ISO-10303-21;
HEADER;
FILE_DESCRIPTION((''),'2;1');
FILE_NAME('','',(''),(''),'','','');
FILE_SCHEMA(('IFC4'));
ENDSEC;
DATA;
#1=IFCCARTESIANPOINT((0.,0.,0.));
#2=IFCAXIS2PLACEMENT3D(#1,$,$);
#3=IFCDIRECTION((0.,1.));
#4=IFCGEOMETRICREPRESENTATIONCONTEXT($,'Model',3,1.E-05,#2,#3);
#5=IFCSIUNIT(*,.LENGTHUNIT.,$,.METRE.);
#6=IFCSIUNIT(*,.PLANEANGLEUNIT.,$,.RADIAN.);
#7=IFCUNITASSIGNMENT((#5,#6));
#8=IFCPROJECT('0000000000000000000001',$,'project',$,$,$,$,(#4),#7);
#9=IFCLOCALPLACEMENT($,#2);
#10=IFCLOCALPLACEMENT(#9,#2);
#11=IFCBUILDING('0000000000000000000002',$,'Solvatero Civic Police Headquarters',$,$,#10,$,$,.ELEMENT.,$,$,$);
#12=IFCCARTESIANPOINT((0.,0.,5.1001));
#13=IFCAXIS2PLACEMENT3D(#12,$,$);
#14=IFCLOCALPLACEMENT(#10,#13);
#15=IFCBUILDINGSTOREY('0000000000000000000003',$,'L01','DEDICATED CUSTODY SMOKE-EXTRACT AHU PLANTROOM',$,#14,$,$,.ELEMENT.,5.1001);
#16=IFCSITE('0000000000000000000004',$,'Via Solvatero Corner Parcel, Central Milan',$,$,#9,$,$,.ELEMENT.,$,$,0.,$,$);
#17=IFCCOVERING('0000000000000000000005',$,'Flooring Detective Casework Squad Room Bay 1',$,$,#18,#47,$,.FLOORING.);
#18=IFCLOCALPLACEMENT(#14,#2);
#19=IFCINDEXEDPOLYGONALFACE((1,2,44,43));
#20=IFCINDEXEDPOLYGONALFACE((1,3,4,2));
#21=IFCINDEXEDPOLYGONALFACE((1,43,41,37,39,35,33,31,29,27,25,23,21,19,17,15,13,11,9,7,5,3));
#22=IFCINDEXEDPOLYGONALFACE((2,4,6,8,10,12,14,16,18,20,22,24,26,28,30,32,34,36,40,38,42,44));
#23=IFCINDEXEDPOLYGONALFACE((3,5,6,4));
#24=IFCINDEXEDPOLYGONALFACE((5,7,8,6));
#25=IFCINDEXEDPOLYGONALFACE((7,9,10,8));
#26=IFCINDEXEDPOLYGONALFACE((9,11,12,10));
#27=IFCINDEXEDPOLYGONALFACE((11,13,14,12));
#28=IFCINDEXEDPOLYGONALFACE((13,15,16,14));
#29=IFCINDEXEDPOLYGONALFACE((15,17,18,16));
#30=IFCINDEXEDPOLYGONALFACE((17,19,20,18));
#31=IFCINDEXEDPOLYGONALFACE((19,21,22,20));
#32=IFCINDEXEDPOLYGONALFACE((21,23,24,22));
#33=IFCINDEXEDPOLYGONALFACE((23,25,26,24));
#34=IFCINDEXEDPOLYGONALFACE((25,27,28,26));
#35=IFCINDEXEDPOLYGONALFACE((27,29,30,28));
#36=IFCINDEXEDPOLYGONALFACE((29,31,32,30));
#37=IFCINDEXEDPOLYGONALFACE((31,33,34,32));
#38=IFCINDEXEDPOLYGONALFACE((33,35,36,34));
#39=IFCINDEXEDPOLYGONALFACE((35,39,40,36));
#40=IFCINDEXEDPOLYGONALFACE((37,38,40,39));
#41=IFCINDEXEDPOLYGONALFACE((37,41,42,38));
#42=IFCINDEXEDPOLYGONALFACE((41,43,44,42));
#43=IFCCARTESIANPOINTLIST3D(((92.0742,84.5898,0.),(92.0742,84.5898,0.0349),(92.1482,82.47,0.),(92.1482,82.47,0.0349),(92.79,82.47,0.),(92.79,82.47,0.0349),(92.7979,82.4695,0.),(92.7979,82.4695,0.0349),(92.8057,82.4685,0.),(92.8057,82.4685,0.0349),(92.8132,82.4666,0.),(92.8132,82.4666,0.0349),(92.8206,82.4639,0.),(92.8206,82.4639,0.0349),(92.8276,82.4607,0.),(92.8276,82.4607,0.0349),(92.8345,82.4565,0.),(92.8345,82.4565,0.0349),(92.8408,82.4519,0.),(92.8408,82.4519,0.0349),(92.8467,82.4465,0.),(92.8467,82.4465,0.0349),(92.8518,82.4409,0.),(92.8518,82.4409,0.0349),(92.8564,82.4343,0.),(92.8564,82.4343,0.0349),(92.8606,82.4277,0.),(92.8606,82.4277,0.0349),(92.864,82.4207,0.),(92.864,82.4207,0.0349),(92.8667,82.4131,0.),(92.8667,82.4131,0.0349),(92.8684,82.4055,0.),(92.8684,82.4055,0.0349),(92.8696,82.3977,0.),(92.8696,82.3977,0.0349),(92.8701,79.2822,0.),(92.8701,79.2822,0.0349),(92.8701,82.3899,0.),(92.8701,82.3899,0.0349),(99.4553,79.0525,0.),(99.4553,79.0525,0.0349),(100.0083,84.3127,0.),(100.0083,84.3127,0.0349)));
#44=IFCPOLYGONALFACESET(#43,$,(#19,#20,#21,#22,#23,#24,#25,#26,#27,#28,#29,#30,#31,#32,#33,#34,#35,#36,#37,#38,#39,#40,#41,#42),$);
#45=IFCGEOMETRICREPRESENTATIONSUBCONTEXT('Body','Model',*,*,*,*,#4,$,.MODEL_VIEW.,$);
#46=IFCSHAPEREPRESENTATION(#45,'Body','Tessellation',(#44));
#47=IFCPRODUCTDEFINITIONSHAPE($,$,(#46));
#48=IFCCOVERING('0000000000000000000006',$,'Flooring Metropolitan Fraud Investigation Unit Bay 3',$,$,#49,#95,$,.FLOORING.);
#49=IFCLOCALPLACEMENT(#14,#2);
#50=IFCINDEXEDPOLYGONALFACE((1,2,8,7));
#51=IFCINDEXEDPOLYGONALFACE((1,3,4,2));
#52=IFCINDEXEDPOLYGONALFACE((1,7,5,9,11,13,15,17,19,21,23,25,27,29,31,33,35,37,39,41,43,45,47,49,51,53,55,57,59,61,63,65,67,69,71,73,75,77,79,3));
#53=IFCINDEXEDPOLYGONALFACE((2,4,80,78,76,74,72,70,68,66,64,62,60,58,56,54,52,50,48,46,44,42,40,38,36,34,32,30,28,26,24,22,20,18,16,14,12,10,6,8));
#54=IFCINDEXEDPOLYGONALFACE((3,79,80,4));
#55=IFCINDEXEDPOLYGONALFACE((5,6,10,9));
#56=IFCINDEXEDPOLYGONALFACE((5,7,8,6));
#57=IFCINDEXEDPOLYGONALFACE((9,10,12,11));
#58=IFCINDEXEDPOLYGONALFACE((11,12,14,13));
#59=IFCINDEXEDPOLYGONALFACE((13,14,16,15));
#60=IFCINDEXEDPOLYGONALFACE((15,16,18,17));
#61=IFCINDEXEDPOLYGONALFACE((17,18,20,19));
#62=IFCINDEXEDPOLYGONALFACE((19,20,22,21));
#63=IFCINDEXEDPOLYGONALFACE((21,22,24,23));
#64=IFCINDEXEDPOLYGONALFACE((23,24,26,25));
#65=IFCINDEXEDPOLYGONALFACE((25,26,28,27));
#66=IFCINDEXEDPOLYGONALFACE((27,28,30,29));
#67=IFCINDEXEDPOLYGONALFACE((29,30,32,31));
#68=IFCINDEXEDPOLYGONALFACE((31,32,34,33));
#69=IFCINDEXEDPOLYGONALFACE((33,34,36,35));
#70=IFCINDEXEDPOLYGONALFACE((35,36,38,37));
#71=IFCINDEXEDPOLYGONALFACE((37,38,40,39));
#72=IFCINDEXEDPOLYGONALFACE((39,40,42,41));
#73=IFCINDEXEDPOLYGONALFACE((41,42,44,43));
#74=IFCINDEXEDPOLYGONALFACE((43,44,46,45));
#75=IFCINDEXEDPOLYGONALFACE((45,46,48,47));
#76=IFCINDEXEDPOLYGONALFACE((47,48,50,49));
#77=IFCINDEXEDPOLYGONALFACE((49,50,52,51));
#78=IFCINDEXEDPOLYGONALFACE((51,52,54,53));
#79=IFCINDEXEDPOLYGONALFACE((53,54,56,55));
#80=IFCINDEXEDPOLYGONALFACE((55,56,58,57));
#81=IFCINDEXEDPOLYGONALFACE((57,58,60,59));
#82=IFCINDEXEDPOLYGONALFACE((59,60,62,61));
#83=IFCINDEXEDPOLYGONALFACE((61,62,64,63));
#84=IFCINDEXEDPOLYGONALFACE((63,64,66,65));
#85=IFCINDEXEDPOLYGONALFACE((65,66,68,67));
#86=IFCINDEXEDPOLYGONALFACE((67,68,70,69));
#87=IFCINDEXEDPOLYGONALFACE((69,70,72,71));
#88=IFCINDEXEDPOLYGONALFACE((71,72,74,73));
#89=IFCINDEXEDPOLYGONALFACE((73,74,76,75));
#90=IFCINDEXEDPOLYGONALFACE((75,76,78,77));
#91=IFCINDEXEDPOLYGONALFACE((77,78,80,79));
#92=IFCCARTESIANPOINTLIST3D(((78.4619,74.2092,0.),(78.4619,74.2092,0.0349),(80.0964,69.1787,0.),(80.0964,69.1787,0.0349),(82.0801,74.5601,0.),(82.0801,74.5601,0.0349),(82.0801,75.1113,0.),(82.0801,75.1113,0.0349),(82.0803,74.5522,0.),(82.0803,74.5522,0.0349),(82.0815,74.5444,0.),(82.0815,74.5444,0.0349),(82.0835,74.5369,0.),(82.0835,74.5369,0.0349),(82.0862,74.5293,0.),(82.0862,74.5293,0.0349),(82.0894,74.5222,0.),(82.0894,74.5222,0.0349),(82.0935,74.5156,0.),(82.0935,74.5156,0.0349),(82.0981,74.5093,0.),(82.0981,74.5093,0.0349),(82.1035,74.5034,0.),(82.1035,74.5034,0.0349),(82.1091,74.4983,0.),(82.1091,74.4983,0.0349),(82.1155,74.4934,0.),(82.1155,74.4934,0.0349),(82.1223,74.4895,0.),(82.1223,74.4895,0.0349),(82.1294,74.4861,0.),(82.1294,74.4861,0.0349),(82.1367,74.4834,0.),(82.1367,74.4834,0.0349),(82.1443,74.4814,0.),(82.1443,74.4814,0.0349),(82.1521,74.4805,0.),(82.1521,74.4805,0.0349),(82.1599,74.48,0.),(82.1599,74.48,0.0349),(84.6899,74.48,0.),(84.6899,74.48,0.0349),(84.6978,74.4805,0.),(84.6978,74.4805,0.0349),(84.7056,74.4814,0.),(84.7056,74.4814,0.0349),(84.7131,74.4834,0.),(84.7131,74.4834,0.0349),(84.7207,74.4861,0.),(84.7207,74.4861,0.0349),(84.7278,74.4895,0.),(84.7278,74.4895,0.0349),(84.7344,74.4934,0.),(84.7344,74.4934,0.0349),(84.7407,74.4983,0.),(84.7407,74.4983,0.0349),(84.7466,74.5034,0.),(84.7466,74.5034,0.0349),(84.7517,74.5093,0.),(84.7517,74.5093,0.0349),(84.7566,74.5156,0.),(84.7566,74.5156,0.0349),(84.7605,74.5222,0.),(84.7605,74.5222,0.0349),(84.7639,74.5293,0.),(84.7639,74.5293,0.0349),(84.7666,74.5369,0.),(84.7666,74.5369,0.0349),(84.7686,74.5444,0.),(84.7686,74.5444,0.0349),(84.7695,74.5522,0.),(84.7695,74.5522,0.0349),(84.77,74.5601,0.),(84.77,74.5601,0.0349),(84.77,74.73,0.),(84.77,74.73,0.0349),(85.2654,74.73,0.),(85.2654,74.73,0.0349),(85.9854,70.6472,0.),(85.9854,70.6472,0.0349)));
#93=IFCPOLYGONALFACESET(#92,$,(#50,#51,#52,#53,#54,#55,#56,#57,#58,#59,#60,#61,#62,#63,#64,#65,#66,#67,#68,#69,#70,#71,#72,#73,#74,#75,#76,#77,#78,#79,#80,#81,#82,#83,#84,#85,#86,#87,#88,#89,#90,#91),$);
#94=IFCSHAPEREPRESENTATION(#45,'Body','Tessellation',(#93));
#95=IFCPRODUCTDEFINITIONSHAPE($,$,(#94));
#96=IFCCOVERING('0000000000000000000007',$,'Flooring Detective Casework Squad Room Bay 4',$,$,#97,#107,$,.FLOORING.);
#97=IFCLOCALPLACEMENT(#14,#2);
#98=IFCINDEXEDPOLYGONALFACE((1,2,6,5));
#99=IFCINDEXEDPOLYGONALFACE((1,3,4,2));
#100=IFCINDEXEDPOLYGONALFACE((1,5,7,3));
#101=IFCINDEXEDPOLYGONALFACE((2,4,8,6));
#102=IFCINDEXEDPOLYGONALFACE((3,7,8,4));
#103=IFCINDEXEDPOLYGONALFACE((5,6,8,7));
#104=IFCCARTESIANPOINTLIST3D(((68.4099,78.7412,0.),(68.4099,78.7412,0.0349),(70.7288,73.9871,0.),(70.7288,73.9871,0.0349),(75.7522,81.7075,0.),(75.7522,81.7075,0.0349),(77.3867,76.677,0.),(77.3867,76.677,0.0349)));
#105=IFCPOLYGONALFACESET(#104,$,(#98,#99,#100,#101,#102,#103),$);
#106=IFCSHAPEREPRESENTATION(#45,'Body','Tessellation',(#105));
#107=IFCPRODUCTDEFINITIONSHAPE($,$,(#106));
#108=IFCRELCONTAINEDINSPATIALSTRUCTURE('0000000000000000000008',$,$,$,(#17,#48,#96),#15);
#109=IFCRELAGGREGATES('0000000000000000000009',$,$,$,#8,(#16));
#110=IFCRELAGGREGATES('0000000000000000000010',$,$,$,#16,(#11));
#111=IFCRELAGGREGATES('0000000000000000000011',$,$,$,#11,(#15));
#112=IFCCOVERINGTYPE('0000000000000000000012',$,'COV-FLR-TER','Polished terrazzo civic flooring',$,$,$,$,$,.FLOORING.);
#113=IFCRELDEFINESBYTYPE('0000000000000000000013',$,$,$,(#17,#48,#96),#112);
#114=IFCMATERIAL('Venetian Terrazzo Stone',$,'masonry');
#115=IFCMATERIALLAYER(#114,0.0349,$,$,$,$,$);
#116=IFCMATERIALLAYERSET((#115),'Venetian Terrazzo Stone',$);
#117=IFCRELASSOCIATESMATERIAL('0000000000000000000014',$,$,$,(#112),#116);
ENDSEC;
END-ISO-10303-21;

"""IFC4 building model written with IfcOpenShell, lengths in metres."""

from ifc_helpers import new_model, si_unit, direction, frame, origin, place, context, subcontext, project, spatial, polyline, outline, extrude, material, layer, layer_set, type_object, element, save


model = new_model("IFC4")

# Units and contexts
model_context = context("Model", 3, precision=1e-05, world=origin(), true_north=direction((0.0, 1.0)))
body_context = subcontext(model_context, "Body", "Model", "MODEL_VIEW")
ifc_project = project(units=[si_unit("LENGTHUNIT", "METRE"), si_unit("PLANEANGLEUNIT", "RADIAN")], contexts=[model_context])

# Site, building, storey
site_placement = place(None, origin())
site = spatial("IfcSite", under=ifc_project, at=site_placement, Name="Via Solvatero Corner Parcel, Central Milan", CompositionType="ELEMENT", RefElevation=0.0)
building_placement = place(site_placement, origin())
building = spatial("IfcBuilding", under=site, at=building_placement, Name="Solvatero Civic Police Headquarters", CompositionType="ELEMENT")
storey_placement = place(building_placement, frame((0.0, 0.0, 5.1001)))
storey = spatial("IfcBuildingStorey", under=building, at=storey_placement, Name="L01", Description="DEDICATED CUSTODY SMOKE-EXTRACT AHU PLANTROOM", CompositionType="ELEMENT", Elevation=5.1001)

# Coverings
ifc_material_1 = material(Name="Venetian Terrazzo Stone", Category="masonry")
ifc_layer_1 = layer(ifc_material_1, 0.0349)
ifc_layer_set_1 = layer_set([ifc_layer_1], Name="Venetian Terrazzo Stone")
covering_type_1 = type_object("IfcCoveringType", Name="COV-FLR-TER", Description="Polished terrazzo civic flooring", PredefinedType="FLOORING", material=ifc_layer_set_1)
covering_1_placement = place(storey_placement, origin())
element("IfcCovering", 1, at=covering_1_placement, inside=storey, type_object=covering_type_1, Name="Flooring Detective Casework Squad Room Bay 1", PredefinedType="FLOORING", context=body_context, shape_type="SweptSolid", body=[
    extrude(outline(polyline([(92.0742, 84.5898), (100.0083, 84.3127), (99.4553, 79.0525), (92.8701, 79.2822), (92.8701, 82.3899), (92.8696, 82.3977), (92.8684, 82.4055), (92.8667, 82.4131), (92.864, 82.4207), (92.8606, 82.4277), (92.8564, 82.4343), (92.8518, 82.4409), (92.8467, 82.4465), (92.8408, 82.4519), (92.8345, 82.4565), (92.8276, 82.4607), (92.8206, 82.4639), (92.8132, 82.4666), (92.8057, 82.4685), (92.7979, 82.4695), (92.79, 82.47), (92.1482, 82.47), (92.0742, 84.5898)])), origin(), (0.0, 0.0, 1.0), 0.0349),
])
covering_2_placement = place(storey_placement, origin())
element("IfcCovering", 2, at=covering_2_placement, inside=storey, type_object=covering_type_1, Name="Flooring Metropolitan Fraud Investigation Unit Bay 3", PredefinedType="FLOORING", context=body_context, shape_type="SweptSolid", body=[
    extrude(outline(polyline([(80.0964, 69.1787), (78.4619, 74.2092), (82.0801, 75.1113), (82.0801, 74.5601), (82.0803, 74.5522), (82.0815, 74.5444), (82.0835, 74.5369), (82.0862, 74.5293), (82.0894, 74.5222), (82.0935, 74.5156), (82.0981, 74.5093), (82.1035, 74.5034), (82.1091, 74.4983), (82.1155, 74.4934), (82.1223, 74.4895), (82.1294, 74.4861), (82.1367, 74.4834), (82.1443, 74.4814), (82.1521, 74.4805), (82.1599, 74.48), (84.6899, 74.48), (84.6978, 74.4805), (84.7056, 74.4814), (84.7131, 74.4834), (84.7207, 74.4861), (84.7278, 74.4895), (84.7344, 74.4934), (84.7407, 74.4983), (84.7466, 74.5034), (84.7517, 74.5093), (84.7566, 74.5156), (84.7605, 74.5222), (84.7639, 74.5293), (84.7666, 74.5369), (84.7686, 74.5444), (84.7695, 74.5522), (84.77, 74.5601), (84.77, 74.73), (85.2654, 74.73), (85.9854, 70.6472), (80.0964, 69.1787)])), origin(), (0.0, 0.0, 1.0), 0.0349),
])
covering_3_placement = place(storey_placement, origin())
element("IfcCovering", 3, at=covering_3_placement, inside=storey, type_object=covering_type_1, Name="Flooring Detective Casework Squad Room Bay 4", PredefinedType="FLOORING", context=body_context, shape_type="SweptSolid", body=[
    extrude(outline(polyline([(70.7288, 73.9871), (68.4099, 78.7412), (75.7522, 81.7075), (77.3867, 76.677), (70.7288, 73.9871)])), origin(), (0.0, 0.0, 1.0), 0.0349),
])

save(model, "model.ifc")
